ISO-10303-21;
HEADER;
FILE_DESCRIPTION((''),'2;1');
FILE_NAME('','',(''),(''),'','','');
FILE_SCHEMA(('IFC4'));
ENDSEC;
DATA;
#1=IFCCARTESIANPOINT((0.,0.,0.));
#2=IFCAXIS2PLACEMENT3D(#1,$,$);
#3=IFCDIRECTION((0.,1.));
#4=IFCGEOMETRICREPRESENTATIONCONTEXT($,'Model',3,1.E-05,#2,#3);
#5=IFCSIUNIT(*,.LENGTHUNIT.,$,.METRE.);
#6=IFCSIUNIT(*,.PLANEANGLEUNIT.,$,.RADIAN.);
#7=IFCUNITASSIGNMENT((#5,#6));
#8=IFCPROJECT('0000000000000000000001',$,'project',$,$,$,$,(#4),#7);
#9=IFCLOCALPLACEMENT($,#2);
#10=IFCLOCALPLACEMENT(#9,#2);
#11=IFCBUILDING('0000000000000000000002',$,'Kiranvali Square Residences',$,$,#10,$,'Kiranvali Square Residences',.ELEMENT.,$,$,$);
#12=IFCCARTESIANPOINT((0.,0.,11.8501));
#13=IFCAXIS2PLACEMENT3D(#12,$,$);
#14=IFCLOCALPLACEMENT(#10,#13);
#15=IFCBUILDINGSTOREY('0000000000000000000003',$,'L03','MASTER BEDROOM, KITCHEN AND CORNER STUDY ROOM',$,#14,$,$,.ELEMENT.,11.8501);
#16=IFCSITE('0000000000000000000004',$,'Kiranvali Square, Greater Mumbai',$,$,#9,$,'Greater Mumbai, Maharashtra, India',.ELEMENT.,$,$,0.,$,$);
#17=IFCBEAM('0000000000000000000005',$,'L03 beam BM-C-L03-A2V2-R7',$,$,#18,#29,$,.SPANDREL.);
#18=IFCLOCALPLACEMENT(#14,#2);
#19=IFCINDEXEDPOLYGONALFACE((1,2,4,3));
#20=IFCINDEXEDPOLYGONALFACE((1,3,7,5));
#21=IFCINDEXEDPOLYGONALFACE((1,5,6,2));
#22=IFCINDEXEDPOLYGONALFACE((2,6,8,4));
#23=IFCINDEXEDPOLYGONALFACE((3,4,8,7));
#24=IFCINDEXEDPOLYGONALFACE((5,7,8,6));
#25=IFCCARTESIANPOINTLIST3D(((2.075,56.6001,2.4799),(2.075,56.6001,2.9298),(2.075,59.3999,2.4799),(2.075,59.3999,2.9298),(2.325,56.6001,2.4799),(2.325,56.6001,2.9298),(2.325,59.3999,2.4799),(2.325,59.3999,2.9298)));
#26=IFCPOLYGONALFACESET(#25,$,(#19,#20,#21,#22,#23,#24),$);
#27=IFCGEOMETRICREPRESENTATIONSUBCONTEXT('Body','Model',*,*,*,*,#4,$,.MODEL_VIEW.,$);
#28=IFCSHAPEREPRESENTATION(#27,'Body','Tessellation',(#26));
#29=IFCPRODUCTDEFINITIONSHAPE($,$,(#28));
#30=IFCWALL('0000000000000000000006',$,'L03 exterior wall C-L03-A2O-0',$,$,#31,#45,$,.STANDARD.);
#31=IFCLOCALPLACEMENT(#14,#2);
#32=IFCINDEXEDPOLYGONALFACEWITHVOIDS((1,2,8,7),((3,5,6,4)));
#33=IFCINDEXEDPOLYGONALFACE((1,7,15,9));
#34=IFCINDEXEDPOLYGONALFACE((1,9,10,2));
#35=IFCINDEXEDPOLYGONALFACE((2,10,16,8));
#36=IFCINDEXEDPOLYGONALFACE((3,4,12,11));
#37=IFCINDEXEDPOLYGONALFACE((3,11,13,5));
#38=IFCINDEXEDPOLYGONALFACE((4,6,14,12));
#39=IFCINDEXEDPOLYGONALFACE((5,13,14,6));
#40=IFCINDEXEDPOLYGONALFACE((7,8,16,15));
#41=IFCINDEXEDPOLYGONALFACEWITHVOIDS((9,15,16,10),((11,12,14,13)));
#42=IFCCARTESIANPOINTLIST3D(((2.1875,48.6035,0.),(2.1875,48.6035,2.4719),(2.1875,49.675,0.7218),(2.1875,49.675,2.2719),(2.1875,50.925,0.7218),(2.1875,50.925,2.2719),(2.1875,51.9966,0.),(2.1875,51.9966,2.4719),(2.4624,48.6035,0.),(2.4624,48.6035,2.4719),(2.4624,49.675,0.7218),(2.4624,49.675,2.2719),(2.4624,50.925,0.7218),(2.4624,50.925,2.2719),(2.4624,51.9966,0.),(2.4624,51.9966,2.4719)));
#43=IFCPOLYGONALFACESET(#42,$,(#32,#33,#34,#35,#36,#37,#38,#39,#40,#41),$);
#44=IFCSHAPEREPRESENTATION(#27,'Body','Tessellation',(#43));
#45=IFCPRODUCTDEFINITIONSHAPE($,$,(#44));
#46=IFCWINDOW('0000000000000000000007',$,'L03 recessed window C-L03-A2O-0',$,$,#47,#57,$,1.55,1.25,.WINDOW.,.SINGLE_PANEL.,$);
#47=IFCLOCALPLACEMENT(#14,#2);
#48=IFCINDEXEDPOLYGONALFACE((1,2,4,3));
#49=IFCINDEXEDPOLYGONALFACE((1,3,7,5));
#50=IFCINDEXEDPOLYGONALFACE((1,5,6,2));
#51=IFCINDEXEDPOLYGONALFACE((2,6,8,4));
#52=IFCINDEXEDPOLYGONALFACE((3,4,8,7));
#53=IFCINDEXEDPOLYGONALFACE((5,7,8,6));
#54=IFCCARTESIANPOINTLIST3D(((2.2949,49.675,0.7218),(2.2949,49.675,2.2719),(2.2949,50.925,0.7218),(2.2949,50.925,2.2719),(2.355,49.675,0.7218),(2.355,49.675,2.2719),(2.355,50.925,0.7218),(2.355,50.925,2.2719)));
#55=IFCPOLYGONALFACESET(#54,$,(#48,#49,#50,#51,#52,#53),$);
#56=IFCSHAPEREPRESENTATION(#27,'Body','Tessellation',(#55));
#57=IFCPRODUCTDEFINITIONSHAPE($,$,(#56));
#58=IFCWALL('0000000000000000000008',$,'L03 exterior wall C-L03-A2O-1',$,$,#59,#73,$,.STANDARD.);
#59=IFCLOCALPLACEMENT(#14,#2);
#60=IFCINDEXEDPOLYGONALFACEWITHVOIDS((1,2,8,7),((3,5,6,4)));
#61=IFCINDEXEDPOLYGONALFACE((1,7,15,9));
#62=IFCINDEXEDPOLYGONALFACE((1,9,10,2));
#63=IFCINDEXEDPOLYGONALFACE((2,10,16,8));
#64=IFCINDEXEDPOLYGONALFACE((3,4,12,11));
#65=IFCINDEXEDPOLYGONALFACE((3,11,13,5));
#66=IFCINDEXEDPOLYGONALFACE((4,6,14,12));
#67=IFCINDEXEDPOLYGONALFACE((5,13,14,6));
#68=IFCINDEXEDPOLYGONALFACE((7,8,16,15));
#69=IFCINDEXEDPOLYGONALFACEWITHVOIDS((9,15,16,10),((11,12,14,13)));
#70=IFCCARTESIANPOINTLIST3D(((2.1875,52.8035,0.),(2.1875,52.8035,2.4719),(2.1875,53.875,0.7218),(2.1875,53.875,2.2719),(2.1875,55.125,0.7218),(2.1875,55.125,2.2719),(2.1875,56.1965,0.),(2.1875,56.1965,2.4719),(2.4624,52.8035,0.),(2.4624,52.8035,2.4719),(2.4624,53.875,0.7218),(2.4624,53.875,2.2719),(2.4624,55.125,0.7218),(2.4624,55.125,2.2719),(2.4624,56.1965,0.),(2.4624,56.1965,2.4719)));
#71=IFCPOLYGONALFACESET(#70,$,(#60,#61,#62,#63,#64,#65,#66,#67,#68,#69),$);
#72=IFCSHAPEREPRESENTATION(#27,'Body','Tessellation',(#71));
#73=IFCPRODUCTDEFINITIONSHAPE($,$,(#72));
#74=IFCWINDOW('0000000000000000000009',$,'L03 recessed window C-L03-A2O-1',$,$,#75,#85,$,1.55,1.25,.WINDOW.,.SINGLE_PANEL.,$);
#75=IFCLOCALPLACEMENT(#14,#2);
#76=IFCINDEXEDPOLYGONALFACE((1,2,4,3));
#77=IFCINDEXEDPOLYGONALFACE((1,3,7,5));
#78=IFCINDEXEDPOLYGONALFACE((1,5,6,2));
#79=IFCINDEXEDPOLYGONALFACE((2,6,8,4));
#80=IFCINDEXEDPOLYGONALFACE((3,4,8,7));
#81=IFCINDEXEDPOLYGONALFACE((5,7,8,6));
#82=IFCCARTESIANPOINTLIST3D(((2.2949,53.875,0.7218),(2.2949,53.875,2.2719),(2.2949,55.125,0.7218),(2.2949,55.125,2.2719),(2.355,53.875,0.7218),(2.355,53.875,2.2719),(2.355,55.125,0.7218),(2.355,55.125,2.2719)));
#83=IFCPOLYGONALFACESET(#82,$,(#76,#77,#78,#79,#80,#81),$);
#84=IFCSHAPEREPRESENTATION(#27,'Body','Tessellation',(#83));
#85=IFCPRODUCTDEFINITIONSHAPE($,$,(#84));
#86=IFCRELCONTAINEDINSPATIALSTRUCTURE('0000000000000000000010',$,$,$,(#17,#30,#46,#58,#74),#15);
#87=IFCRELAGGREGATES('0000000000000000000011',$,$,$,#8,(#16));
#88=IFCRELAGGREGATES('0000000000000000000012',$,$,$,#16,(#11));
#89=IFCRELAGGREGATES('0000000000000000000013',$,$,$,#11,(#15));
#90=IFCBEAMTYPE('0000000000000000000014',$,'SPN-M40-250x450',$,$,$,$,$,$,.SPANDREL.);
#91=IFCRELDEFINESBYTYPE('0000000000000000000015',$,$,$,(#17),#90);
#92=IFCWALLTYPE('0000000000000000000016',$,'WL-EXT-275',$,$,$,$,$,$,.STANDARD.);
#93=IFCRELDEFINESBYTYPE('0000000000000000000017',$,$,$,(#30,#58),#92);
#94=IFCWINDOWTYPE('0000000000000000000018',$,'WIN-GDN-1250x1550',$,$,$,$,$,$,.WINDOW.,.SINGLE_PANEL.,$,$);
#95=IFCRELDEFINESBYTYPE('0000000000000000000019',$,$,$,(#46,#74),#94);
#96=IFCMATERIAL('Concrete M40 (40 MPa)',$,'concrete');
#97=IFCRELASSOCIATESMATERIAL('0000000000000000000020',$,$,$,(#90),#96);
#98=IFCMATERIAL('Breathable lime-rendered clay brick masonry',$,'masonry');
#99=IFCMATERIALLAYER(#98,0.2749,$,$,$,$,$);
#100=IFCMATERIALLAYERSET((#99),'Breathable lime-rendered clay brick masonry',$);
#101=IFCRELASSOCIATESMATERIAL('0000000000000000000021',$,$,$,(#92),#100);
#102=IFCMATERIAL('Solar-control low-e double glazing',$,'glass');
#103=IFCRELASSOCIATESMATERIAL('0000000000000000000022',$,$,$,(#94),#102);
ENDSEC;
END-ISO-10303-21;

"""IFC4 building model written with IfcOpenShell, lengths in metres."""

from ifc_helpers import new_model, si_unit, direction, frame, frame_2d, origin, origin_2d, place, context, subcontext, project, spatial, rectangle, extrude, material, layer, layer_set, material_profile, profile_set, type_object, element, fill, save


model = new_model("IFC4")

# Units and contexts
model_context = context("Model", 3, precision=1e-05, world=origin(), true_north=direction((0.0, 1.0)))
body_context = subcontext(model_context, "Body", "Model", "MODEL_VIEW")
ifc_project = project(units=[si_unit("LENGTHUNIT", "METRE"), si_unit("PLANEANGLEUNIT", "RADIAN")], contexts=[model_context])

# Site, building, storey
site_placement = place(None, origin())
site = spatial("IfcSite", under=ifc_project, at=site_placement, Name="Kiranvali Square, Greater Mumbai", LongName="Greater Mumbai, Maharashtra, India", CompositionType="ELEMENT", RefElevation=0.0)
building_placement = place(site_placement, origin())
building = spatial("IfcBuilding", under=site, at=building_placement, Name="Kiranvali Square Residences", LongName="Kiranvali Square Residences", CompositionType="ELEMENT")
storey_placement = place(building_placement, frame((0.0, 0.0, 11.8501)))
storey = spatial("IfcBuildingStorey", under=building, at=storey_placement, Name="L03", Description="MASTER BEDROOM, KITCHEN AND CORNER STUDY ROOM", CompositionType="ELEMENT", Elevation=11.8501)

# Beam
ifc_material_1 = material(Name="Concrete M40 (40 MPa)", Category="concrete")
ifc_material_profile_1 = material_profile(ifc_material_1, rectangle(XDim=0.25, YDim=0.45, at=origin_2d()), Name="RC 250x450")
ifc_profile_set_1 = profile_set([ifc_material_profile_1], Name="Concrete M40 (40 MPa)")
beam_type_1 = type_object("IfcBeamType", Name="SPN-M40-250x450", PredefinedType="SPANDREL", material=ifc_profile_set_1)
beam_1_placement = place(storey_placement, frame((2.2, 56.6001, 2.7048), z_axis=(0.0, 1.0, 0.0), x_axis=(-1.0, 0.0, 0.0)))
element("IfcBeam", 1, at=beam_1_placement, inside=storey, type_object=beam_type_1, Name="L03 beam BM-C-L03-A2V2-R7", PredefinedType="SPANDREL", context=body_context, shape_type="SweptSolid", body=[
    extrude(rectangle(XDim=0.25, YDim=0.45, at=origin_2d()), origin(), (0.0, 0.0, 1.0), 2.7998),
])

# Walls, openings, windows
ifc_material_2 = material(Name="Breathable lime-rendered clay brick masonry", Category="masonry")
ifc_layer = layer(ifc_material_2, 0.2749)
ifc_layer_set = layer_set([ifc_layer], Name="Breathable lime-rendered clay brick masonry")
wall_type = type_object("IfcWallType", Name="WL-EXT-275", PredefinedType="STANDARD", material=ifc_layer_set)
wall_1_placement = place(storey_placement, frame((2.325, 48.6035, 0.0), z_axis=(0.0, 0.0, 1.0), x_axis=(0.0, 1.0, 0.0)))
wall_1 = element("IfcWall", 2, at=wall_1_placement, inside=storey, type_object=wall_type, Name="L03 exterior wall C-L03-A2O-0", PredefinedType="STANDARD", context=body_context, shape_type="SweptSolid", body=[
    extrude(rectangle(XDim=3.3931, YDim=0.2749, at=frame_2d((1.6965, 0.0))), origin(), (0.0, 0.0, 1.0), 2.4719),
])
opening_1_placement = place(wall_1_placement, frame((1.0715, 0.0, 0.7219)))
opening_1 = element("IfcOpeningElement", 3, at=opening_1_placement, cuts=wall_1, PredefinedType="OPENING", context=body_context, shape_type="SweptSolid", body=[
    extrude(rectangle(XDim=1.25, YDim=1.55, at=frame_2d((0.625, 0.7749))), frame((0.0, 0.1475, 0.0), z_axis=(0.0, -1.0, 0.0), x_axis=(1.0, 0.0, 0.0)), (0.0, 0.0, 1.0), 0.2949),
])
ifc_material_3 = material(Name="Solar-control low-e double glazing", Category="glass")
window_type = type_object("IfcWindowType", Name="WIN-GDN-1250x1550", PartitioningType="SINGLE_PANEL", PredefinedType="WINDOW", material=ifc_material_3)
window_1_placement = place(opening_1_placement, origin())
window_1 = element("IfcWindow", 4, at=window_1_placement, inside=storey, type_object=window_type, Name="L03 recessed window C-L03-A2O-0", OverallHeight=1.55, OverallWidth=1.25, PartitioningType="SINGLE_PANEL", PredefinedType="WINDOW", context=body_context, shape_type="SweptSolid", body=[
    extrude(rectangle(XDim=1.25, YDim=1.55, at=frame_2d((0.625, 0.7749))), frame((0.0, 0.03, 0.0), z_axis=(0.0, -1.0, 0.0), x_axis=(1.0, 0.0, 0.0)), (0.0, 0.0, 1.0), 0.0601),
])
fill(opening_1, window_1)
wall_2_placement = place(storey_placement, frame((2.325, 52.8035, 0.0), z_axis=(0.0, 0.0, 1.0), x_axis=(0.0, 1.0, 0.0)))
wall_2 = element("IfcWall", 5, at=wall_2_placement, inside=storey, type_object=wall_type, Name="L03 exterior wall C-L03-A2O-1", PredefinedType="STANDARD", context=body_context, shape_type="SweptSolid", body=[
    extrude(rectangle(XDim=3.3931, YDim=0.2749, at=frame_2d((1.6965, 0.0))), origin(), (0.0, 0.0, 1.0), 2.4719),
])
opening_2_placement = place(wall_2_placement, frame((1.0715, 0.0, 0.7219)))
opening_2 = element("IfcOpeningElement", 6, at=opening_2_placement, cuts=wall_2, PredefinedType="OPENING", context=body_context, shape_type="SweptSolid", body=[
    extrude(rectangle(XDim=1.25, YDim=1.55, at=frame_2d((0.625, 0.7749))), frame((0.0, 0.1475, 0.0), z_axis=(0.0, -1.0, 0.0), x_axis=(1.0, 0.0, 0.0)), (0.0, 0.0, 1.0), 0.2949),
])
window_2_placement = place(opening_2_placement, origin())
window_2 = element("IfcWindow", 7, at=window_2_placement, inside=storey, type_object=window_type, Name="L03 recessed window C-L03-A2O-1", OverallHeight=1.55, OverallWidth=1.25, PartitioningType="SINGLE_PANEL", PredefinedType="WINDOW", context=body_context, shape_type="SweptSolid", body=[
    extrude(rectangle(XDim=1.25, YDim=1.55, at=frame_2d((0.625, 0.7749))), frame((0.0, 0.03, 0.0), z_axis=(0.0, -1.0, 0.0), x_axis=(1.0, 0.0, 0.0)), (0.0, 0.0, 1.0), 0.0601),
])
fill(opening_2, window_2)

save(model, "model.ifc")
